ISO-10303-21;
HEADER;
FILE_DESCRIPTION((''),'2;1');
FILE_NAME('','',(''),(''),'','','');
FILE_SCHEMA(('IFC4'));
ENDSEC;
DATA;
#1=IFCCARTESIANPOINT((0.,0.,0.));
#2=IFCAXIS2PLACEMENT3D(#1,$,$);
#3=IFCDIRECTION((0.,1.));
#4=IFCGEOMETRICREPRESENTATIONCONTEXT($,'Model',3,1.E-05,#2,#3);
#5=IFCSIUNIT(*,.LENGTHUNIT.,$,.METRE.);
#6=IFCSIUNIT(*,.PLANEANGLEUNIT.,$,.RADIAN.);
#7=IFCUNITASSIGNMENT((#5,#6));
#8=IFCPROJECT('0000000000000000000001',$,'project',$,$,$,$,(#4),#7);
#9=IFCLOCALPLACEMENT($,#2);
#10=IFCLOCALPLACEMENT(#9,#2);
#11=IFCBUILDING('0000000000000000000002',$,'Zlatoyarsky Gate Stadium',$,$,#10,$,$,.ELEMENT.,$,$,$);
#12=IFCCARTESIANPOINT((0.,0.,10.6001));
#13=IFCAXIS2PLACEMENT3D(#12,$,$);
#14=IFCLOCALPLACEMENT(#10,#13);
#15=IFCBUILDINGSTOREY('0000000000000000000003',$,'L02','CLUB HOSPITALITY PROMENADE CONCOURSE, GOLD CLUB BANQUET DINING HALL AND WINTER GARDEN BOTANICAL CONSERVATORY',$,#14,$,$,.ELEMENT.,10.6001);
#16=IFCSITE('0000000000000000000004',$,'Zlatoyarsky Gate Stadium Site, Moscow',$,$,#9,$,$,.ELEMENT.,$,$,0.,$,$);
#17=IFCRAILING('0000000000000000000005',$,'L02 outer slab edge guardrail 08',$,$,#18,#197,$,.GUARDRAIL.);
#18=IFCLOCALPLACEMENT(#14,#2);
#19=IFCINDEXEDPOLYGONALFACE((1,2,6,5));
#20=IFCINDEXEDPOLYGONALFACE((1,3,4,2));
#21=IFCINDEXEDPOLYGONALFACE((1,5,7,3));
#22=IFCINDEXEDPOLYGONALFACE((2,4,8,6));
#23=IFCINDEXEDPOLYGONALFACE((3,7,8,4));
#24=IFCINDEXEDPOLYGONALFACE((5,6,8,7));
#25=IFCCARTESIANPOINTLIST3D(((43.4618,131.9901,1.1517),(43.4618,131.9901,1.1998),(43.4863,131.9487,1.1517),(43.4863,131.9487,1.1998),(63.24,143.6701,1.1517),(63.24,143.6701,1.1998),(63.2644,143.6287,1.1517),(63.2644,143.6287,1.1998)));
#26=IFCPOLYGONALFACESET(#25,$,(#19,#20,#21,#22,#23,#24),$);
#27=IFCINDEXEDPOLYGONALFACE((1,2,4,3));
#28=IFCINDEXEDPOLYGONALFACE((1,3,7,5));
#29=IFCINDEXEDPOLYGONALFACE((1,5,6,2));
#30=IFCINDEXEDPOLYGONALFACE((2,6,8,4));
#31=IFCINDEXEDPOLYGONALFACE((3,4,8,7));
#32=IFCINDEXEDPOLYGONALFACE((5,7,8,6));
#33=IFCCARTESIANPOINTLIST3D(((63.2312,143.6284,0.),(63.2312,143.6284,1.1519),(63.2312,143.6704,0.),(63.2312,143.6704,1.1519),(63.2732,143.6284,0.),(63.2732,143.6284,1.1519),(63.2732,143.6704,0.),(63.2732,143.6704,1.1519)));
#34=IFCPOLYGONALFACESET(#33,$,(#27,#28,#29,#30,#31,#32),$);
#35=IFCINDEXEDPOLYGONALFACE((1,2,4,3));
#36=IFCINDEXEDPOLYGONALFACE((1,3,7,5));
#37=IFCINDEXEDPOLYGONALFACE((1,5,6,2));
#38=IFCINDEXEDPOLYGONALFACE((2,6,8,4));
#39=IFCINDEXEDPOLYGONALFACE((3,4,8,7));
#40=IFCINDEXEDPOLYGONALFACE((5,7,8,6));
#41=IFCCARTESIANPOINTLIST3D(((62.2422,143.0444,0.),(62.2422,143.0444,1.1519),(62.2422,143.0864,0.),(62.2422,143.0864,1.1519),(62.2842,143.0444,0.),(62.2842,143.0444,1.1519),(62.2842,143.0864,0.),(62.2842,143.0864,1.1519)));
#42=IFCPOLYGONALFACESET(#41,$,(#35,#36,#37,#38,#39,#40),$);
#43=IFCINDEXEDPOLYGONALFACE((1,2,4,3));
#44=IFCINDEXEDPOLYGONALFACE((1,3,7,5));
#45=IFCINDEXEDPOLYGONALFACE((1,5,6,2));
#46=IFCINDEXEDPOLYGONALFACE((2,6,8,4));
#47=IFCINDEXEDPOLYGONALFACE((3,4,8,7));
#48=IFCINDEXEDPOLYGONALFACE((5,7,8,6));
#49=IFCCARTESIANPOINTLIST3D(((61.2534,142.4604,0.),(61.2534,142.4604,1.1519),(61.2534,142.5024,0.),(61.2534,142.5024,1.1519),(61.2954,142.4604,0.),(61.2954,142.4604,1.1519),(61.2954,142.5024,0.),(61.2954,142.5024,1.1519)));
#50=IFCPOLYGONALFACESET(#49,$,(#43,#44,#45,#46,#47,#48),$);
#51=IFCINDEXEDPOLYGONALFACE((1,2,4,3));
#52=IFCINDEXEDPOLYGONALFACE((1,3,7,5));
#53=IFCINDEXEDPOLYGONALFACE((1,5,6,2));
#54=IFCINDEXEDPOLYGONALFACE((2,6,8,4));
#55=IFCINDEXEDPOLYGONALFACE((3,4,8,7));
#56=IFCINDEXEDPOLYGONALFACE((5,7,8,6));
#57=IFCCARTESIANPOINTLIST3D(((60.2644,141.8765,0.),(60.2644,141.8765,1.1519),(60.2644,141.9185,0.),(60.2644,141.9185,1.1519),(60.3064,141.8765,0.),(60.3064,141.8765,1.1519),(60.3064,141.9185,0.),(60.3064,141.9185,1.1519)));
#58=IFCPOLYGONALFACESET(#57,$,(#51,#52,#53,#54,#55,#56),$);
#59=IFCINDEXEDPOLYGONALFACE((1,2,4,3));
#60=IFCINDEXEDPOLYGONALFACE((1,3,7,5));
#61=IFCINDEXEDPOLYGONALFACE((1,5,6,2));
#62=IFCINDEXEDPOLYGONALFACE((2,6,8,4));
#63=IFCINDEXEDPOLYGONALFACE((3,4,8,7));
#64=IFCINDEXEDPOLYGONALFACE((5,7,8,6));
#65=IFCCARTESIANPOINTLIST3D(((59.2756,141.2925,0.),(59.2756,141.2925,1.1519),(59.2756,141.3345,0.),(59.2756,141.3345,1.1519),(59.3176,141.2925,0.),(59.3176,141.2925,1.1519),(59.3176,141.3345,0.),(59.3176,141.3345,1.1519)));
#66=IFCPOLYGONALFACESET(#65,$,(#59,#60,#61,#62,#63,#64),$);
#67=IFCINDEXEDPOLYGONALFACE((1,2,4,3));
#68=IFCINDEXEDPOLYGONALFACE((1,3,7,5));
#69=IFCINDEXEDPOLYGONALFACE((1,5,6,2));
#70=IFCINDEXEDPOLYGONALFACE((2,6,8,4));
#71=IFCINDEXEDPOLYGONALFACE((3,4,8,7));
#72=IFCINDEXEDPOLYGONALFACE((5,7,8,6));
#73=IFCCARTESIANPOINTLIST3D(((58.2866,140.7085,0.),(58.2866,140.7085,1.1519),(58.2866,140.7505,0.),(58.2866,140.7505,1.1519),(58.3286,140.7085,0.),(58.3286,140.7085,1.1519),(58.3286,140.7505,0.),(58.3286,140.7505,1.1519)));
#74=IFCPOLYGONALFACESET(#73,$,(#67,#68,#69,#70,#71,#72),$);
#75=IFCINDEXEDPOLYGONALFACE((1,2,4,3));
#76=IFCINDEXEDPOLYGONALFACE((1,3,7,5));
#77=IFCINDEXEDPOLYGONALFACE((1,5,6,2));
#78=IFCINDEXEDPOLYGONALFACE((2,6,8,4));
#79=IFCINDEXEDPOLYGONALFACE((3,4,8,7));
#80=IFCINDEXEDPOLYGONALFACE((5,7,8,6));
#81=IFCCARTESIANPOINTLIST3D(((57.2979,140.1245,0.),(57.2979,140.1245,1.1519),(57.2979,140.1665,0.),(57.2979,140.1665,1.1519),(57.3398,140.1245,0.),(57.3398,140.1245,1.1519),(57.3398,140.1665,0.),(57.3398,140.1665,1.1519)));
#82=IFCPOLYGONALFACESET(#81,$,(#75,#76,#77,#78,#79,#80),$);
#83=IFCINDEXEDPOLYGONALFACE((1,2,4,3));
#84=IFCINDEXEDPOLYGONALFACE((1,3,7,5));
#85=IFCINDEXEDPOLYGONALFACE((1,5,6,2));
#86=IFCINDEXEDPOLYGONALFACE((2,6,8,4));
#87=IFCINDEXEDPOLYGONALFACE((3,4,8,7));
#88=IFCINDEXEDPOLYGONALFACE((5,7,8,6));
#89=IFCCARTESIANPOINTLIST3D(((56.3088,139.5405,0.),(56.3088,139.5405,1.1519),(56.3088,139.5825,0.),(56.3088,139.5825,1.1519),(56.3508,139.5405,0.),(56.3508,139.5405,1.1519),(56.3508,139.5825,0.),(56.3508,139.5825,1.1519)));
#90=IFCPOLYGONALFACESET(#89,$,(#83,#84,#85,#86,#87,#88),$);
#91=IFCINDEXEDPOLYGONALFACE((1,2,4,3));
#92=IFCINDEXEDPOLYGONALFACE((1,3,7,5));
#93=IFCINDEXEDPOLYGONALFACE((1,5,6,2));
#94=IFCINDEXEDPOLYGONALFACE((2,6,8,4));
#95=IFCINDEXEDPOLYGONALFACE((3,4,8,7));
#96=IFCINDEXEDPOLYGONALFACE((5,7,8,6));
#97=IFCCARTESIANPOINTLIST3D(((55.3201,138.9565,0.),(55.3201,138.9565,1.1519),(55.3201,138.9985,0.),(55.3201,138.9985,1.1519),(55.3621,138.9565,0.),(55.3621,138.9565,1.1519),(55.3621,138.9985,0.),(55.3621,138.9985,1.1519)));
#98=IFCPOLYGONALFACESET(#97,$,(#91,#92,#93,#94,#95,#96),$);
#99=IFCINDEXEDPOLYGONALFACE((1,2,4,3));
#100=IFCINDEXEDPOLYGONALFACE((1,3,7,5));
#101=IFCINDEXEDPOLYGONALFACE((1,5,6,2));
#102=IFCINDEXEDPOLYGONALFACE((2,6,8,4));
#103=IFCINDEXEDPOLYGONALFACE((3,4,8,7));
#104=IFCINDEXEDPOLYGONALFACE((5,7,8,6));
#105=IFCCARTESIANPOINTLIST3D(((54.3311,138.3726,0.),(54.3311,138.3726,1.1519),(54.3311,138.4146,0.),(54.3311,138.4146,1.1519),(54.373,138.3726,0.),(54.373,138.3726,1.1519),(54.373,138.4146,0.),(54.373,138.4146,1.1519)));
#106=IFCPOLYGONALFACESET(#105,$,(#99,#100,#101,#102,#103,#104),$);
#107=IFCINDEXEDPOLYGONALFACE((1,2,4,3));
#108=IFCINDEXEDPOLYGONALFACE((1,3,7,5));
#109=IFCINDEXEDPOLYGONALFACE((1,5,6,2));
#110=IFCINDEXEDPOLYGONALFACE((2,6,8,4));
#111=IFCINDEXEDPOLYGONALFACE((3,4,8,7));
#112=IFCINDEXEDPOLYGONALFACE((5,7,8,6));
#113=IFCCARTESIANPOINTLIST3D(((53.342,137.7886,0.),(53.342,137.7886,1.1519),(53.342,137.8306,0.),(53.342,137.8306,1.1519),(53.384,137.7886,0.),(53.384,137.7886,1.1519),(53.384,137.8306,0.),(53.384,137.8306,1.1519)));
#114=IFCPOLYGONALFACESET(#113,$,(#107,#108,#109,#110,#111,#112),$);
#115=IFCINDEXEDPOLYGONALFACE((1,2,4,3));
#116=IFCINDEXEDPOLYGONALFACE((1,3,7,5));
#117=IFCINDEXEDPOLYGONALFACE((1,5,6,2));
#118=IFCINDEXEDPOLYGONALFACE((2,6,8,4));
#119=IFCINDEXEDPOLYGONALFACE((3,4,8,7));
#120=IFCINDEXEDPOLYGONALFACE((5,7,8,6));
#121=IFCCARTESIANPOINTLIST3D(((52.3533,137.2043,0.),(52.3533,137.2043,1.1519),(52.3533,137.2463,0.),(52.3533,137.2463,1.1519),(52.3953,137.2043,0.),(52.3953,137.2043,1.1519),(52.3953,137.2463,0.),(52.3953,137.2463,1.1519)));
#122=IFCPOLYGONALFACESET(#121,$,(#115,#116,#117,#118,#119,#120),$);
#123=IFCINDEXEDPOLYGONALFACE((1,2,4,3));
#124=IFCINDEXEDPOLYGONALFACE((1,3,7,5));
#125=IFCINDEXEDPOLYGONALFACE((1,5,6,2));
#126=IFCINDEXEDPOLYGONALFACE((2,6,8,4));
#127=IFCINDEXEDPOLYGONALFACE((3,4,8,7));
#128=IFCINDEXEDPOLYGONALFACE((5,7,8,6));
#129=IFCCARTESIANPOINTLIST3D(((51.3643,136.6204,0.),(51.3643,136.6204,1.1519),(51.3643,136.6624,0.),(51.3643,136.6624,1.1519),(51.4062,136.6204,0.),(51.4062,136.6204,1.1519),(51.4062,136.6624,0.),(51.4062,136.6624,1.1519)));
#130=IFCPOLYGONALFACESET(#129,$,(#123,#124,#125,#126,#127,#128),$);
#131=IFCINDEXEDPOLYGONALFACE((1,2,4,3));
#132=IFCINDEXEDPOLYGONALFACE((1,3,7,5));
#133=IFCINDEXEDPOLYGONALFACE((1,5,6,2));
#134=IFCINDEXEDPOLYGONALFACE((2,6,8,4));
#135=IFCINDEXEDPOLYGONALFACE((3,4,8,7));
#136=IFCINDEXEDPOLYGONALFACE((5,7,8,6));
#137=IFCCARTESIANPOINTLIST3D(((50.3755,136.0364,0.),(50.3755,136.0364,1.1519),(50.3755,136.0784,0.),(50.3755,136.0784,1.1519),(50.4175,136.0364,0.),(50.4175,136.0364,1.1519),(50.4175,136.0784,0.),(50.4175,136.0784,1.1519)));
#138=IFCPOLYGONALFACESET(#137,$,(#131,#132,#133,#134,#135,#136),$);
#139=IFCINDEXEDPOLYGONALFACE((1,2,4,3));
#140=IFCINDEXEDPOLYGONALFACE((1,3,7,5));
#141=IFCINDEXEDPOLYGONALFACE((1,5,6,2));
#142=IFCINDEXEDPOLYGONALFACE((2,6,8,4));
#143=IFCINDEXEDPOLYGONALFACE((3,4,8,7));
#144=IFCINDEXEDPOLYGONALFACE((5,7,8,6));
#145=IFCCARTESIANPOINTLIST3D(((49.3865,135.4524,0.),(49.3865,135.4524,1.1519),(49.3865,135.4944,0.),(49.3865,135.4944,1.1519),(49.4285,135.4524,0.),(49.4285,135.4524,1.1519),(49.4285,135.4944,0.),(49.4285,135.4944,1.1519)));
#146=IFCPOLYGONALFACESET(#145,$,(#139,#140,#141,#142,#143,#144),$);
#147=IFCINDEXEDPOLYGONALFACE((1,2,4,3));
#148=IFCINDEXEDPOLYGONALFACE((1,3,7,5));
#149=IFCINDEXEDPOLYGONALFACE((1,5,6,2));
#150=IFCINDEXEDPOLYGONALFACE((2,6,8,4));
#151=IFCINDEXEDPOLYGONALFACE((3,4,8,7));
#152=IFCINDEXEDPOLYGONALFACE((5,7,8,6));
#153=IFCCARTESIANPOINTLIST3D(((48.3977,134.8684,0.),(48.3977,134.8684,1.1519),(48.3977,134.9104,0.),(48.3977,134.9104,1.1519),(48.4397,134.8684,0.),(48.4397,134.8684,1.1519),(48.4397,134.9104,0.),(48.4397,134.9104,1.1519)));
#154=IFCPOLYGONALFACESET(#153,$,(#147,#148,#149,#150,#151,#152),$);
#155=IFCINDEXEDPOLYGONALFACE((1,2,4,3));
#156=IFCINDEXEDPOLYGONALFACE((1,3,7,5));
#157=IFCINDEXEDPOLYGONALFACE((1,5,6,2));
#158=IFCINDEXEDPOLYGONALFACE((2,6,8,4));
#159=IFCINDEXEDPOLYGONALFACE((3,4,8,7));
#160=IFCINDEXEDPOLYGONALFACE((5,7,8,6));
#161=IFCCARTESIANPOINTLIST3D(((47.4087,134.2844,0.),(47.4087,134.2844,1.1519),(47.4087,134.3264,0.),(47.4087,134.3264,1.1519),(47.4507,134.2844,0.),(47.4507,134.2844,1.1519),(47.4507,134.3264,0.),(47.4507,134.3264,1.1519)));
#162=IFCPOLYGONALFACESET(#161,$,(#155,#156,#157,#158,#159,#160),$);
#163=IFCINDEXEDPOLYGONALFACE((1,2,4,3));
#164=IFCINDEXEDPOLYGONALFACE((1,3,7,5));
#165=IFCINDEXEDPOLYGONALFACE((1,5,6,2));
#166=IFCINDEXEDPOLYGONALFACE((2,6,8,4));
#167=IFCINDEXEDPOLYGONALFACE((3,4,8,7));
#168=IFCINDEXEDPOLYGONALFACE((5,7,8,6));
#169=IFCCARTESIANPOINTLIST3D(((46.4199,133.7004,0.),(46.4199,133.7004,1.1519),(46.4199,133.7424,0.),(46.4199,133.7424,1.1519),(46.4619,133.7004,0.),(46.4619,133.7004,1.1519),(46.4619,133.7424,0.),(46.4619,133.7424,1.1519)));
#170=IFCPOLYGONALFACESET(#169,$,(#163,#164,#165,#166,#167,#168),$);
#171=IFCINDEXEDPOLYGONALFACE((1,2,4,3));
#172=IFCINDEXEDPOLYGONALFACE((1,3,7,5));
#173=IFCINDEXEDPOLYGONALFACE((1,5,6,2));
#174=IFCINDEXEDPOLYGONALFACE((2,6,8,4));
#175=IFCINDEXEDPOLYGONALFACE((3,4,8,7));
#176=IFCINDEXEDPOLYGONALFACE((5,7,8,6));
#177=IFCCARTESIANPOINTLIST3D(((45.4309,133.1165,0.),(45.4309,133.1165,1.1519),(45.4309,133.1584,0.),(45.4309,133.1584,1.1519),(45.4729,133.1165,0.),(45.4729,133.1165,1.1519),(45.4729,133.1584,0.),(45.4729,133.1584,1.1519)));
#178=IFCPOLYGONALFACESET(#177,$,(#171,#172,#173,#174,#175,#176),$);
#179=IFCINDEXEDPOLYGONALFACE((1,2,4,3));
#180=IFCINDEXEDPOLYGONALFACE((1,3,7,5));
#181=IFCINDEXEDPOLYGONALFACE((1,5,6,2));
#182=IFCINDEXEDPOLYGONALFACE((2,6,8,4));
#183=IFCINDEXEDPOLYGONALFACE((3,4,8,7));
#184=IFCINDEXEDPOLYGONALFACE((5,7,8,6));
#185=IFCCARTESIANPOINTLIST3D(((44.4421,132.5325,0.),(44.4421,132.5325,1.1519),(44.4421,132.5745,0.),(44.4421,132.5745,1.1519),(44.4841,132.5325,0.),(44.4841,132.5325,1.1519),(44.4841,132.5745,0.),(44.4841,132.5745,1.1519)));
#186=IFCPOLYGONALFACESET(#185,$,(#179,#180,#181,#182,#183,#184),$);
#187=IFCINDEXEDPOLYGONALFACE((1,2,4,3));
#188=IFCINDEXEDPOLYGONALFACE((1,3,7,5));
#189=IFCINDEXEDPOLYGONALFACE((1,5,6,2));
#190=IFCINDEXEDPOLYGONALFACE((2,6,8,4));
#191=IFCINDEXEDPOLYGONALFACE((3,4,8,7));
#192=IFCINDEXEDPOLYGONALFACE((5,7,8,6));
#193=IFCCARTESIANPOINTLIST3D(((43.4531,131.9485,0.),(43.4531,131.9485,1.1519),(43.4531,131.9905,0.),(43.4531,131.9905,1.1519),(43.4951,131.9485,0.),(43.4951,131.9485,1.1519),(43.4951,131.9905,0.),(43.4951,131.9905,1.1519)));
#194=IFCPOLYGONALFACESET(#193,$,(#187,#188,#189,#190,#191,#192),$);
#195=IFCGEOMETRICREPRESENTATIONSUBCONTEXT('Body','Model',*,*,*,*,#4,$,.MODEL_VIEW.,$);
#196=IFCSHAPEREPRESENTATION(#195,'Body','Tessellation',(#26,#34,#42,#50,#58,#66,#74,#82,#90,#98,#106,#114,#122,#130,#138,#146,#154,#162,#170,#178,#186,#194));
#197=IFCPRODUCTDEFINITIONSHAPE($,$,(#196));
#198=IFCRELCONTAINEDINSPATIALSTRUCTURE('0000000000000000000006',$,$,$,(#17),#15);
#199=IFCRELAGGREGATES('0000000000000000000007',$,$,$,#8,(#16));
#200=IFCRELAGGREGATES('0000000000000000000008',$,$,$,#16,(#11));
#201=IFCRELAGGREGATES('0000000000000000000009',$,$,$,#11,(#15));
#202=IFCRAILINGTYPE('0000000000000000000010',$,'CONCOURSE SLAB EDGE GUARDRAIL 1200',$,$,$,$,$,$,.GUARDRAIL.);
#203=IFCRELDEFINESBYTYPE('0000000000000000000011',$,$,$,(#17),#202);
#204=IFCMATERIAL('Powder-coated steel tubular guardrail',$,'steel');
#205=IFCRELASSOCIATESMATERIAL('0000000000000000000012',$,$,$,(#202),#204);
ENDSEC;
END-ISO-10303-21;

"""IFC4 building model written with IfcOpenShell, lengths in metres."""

from ifc_helpers import new_model, si_unit, direction, frame, origin, origin_2d, place, context, subcontext, project, spatial, rectangle, extrude, material, type_object, element, save


model = new_model("IFC4")

# Units and contexts
model_context = context("Model", 3, precision=1e-05, world=origin(), true_north=direction((0.0, 1.0)))
body_context = subcontext(model_context, "Body", "Model", "MODEL_VIEW")
ifc_project = project(units=[si_unit("LENGTHUNIT", "METRE"), si_unit("PLANEANGLEUNIT", "RADIAN")], contexts=[model_context])

# Site, building, storey
site_placement = place(None, origin())
site = spatial("IfcSite", under=ifc_project, at=site_placement, Name="Zlatoyarsky Gate Stadium Site, Moscow", CompositionType="ELEMENT", RefElevation=0.0)
building_placement = place(site_placement, origin())
building = spatial("IfcBuilding", under=site, at=building_placement, Name="Zlatoyarsky Gate Stadium", CompositionType="ELEMENT")
storey_placement = place(building_placement, frame((0.0, 0.0, 10.6001)))
storey = spatial("IfcBuildingStorey", under=building, at=storey_placement, Name="L02", Description="CLUB HOSPITALITY PROMENADE CONCOURSE, GOLD CLUB BANQUET DINING HALL AND WINTER GARDEN BOTANICAL CONSERVATORY", CompositionType="ELEMENT", Elevation=10.6001)

# Railing
ifc_material_1 = material(Name="Powder-coated steel tubular guardrail", Category="steel")
railing_type = type_object("IfcRailingType", Name="CONCOURSE SLAB EDGE GUARDRAIL 1200", PredefinedType="GUARDRAIL", material=ifc_material_1)
railing_1_placement = place(storey_placement, frame((63.2522, 143.6494, 0.0)))
element("IfcRailing", 1, at=railing_1_placement, inside=storey, type_object=railing_type, Name="L02 outer slab edge guardrail 08", PredefinedType="GUARDRAIL", context=body_context, shape_type="SweptSolid", body=[
    extrude(rectangle(XDim=0.0481, YDim=0.0481, at=origin_2d()), frame((0.0, 0.0, 1.1758), z_axis=(-0.861062, -0.5085, 0.0), x_axis=(0.5085, -0.861062, 0.0)), (0.0, 0.0, 1.0), 22.9695),
    extrude(rectangle(XDim=0.042, YDim=0.042, at=origin_2d()), origin(), (0.0, 0.0, 1.0), 1.1519),
    extrude(rectangle(XDim=0.042, YDim=0.042, at=origin_2d()), frame((-0.989, -0.584, 0.0)), (0.0, 0.0, 1.0), 1.1519),
    extrude(rectangle(XDim=0.042, YDim=0.042, at=origin_2d()), frame((-1.9778, -1.168, 0.0)), (0.0, 0.0, 1.0), 1.1519),
    extrude(rectangle(XDim=0.042, YDim=0.042, at=origin_2d()), frame((-2.9668, -1.752, 0.0)), (0.0, 0.0, 1.0), 1.1519),
    extrude(rectangle(XDim=0.042, YDim=0.042, at=origin_2d()), frame((-3.9556, -2.3359, 0.0)), (0.0, 0.0, 1.0), 1.1519),
    extrude(rectangle(XDim=0.042, YDim=0.042, at=origin_2d()), frame((-4.9446, -2.9199, 0.0)), (0.0, 0.0, 1.0), 1.1519),
    extrude(rectangle(XDim=0.042, YDim=0.042, at=origin_2d()), frame((-5.9333, -3.5039, 0.0)), (0.0, 0.0, 1.0), 1.1519),
    extrude(rectangle(XDim=0.042, YDim=0.042, at=origin_2d()), frame((-6.9224, -4.0879, 0.0)), (0.0, 0.0, 1.0), 1.1519),
    extrude(rectangle(XDim=0.042, YDim=0.042, at=origin_2d()), frame((-7.9111, -4.6719, 0.0)), (0.0, 0.0, 1.0), 1.1519),
    extrude(rectangle(XDim=0.042, YDim=0.042, at=origin_2d()), frame((-8.9001, -5.2559, 0.0)), (0.0, 0.0, 1.0), 1.1519),
    extrude(rectangle(XDim=0.042, YDim=0.042, at=origin_2d()), frame((-9.8892, -5.8398, 0.0)), (0.0, 0.0, 1.0), 1.1519),
    extrude(rectangle(XDim=0.042, YDim=0.042, at=origin_2d()), frame((-10.8779, -6.4241, 0.0)), (0.0, 0.0, 1.0), 1.1519),
    extrude(rectangle(XDim=0.042, YDim=0.042, at=origin_2d()), frame((-11.8669, -7.0081, 0.0)), (0.0, 0.0, 1.0), 1.1519),
    extrude(rectangle(XDim=0.042, YDim=0.042, at=origin_2d()), frame((-12.8557, -7.592, 0.0)), (0.0, 0.0, 1.0), 1.1519),
    extrude(rectangle(XDim=0.042, YDim=0.042, at=origin_2d()), frame((-13.8447, -8.176, 0.0)), (0.0, 0.0, 1.0), 1.1519),
    extrude(rectangle(XDim=0.042, YDim=0.042, at=origin_2d()), frame((-14.8335, -8.76, 0.0)), (0.0, 0.0, 1.0), 1.1519),
    extrude(rectangle(XDim=0.042, YDim=0.042, at=origin_2d()), frame((-15.8225, -9.344, 0.0)), (0.0, 0.0, 1.0), 1.1519),
    extrude(rectangle(XDim=0.042, YDim=0.042, at=origin_2d()), frame((-16.8113, -9.928, 0.0)), (0.0, 0.0, 1.0), 1.1519),
    extrude(rectangle(XDim=0.042, YDim=0.042, at=origin_2d()), frame((-17.8003, -10.512, 0.0)), (0.0, 0.0, 1.0), 1.1519),
    extrude(rectangle(XDim=0.042, YDim=0.042, at=origin_2d()), frame((-18.7891, -11.0959, 0.0)), (0.0, 0.0, 1.0), 1.1519),
    extrude(rectangle(XDim=0.042, YDim=0.042, at=origin_2d()), frame((-19.7781, -11.6799, 0.0)), (0.0, 0.0, 1.0), 1.1519),
])

save(model, "model.ifc")
